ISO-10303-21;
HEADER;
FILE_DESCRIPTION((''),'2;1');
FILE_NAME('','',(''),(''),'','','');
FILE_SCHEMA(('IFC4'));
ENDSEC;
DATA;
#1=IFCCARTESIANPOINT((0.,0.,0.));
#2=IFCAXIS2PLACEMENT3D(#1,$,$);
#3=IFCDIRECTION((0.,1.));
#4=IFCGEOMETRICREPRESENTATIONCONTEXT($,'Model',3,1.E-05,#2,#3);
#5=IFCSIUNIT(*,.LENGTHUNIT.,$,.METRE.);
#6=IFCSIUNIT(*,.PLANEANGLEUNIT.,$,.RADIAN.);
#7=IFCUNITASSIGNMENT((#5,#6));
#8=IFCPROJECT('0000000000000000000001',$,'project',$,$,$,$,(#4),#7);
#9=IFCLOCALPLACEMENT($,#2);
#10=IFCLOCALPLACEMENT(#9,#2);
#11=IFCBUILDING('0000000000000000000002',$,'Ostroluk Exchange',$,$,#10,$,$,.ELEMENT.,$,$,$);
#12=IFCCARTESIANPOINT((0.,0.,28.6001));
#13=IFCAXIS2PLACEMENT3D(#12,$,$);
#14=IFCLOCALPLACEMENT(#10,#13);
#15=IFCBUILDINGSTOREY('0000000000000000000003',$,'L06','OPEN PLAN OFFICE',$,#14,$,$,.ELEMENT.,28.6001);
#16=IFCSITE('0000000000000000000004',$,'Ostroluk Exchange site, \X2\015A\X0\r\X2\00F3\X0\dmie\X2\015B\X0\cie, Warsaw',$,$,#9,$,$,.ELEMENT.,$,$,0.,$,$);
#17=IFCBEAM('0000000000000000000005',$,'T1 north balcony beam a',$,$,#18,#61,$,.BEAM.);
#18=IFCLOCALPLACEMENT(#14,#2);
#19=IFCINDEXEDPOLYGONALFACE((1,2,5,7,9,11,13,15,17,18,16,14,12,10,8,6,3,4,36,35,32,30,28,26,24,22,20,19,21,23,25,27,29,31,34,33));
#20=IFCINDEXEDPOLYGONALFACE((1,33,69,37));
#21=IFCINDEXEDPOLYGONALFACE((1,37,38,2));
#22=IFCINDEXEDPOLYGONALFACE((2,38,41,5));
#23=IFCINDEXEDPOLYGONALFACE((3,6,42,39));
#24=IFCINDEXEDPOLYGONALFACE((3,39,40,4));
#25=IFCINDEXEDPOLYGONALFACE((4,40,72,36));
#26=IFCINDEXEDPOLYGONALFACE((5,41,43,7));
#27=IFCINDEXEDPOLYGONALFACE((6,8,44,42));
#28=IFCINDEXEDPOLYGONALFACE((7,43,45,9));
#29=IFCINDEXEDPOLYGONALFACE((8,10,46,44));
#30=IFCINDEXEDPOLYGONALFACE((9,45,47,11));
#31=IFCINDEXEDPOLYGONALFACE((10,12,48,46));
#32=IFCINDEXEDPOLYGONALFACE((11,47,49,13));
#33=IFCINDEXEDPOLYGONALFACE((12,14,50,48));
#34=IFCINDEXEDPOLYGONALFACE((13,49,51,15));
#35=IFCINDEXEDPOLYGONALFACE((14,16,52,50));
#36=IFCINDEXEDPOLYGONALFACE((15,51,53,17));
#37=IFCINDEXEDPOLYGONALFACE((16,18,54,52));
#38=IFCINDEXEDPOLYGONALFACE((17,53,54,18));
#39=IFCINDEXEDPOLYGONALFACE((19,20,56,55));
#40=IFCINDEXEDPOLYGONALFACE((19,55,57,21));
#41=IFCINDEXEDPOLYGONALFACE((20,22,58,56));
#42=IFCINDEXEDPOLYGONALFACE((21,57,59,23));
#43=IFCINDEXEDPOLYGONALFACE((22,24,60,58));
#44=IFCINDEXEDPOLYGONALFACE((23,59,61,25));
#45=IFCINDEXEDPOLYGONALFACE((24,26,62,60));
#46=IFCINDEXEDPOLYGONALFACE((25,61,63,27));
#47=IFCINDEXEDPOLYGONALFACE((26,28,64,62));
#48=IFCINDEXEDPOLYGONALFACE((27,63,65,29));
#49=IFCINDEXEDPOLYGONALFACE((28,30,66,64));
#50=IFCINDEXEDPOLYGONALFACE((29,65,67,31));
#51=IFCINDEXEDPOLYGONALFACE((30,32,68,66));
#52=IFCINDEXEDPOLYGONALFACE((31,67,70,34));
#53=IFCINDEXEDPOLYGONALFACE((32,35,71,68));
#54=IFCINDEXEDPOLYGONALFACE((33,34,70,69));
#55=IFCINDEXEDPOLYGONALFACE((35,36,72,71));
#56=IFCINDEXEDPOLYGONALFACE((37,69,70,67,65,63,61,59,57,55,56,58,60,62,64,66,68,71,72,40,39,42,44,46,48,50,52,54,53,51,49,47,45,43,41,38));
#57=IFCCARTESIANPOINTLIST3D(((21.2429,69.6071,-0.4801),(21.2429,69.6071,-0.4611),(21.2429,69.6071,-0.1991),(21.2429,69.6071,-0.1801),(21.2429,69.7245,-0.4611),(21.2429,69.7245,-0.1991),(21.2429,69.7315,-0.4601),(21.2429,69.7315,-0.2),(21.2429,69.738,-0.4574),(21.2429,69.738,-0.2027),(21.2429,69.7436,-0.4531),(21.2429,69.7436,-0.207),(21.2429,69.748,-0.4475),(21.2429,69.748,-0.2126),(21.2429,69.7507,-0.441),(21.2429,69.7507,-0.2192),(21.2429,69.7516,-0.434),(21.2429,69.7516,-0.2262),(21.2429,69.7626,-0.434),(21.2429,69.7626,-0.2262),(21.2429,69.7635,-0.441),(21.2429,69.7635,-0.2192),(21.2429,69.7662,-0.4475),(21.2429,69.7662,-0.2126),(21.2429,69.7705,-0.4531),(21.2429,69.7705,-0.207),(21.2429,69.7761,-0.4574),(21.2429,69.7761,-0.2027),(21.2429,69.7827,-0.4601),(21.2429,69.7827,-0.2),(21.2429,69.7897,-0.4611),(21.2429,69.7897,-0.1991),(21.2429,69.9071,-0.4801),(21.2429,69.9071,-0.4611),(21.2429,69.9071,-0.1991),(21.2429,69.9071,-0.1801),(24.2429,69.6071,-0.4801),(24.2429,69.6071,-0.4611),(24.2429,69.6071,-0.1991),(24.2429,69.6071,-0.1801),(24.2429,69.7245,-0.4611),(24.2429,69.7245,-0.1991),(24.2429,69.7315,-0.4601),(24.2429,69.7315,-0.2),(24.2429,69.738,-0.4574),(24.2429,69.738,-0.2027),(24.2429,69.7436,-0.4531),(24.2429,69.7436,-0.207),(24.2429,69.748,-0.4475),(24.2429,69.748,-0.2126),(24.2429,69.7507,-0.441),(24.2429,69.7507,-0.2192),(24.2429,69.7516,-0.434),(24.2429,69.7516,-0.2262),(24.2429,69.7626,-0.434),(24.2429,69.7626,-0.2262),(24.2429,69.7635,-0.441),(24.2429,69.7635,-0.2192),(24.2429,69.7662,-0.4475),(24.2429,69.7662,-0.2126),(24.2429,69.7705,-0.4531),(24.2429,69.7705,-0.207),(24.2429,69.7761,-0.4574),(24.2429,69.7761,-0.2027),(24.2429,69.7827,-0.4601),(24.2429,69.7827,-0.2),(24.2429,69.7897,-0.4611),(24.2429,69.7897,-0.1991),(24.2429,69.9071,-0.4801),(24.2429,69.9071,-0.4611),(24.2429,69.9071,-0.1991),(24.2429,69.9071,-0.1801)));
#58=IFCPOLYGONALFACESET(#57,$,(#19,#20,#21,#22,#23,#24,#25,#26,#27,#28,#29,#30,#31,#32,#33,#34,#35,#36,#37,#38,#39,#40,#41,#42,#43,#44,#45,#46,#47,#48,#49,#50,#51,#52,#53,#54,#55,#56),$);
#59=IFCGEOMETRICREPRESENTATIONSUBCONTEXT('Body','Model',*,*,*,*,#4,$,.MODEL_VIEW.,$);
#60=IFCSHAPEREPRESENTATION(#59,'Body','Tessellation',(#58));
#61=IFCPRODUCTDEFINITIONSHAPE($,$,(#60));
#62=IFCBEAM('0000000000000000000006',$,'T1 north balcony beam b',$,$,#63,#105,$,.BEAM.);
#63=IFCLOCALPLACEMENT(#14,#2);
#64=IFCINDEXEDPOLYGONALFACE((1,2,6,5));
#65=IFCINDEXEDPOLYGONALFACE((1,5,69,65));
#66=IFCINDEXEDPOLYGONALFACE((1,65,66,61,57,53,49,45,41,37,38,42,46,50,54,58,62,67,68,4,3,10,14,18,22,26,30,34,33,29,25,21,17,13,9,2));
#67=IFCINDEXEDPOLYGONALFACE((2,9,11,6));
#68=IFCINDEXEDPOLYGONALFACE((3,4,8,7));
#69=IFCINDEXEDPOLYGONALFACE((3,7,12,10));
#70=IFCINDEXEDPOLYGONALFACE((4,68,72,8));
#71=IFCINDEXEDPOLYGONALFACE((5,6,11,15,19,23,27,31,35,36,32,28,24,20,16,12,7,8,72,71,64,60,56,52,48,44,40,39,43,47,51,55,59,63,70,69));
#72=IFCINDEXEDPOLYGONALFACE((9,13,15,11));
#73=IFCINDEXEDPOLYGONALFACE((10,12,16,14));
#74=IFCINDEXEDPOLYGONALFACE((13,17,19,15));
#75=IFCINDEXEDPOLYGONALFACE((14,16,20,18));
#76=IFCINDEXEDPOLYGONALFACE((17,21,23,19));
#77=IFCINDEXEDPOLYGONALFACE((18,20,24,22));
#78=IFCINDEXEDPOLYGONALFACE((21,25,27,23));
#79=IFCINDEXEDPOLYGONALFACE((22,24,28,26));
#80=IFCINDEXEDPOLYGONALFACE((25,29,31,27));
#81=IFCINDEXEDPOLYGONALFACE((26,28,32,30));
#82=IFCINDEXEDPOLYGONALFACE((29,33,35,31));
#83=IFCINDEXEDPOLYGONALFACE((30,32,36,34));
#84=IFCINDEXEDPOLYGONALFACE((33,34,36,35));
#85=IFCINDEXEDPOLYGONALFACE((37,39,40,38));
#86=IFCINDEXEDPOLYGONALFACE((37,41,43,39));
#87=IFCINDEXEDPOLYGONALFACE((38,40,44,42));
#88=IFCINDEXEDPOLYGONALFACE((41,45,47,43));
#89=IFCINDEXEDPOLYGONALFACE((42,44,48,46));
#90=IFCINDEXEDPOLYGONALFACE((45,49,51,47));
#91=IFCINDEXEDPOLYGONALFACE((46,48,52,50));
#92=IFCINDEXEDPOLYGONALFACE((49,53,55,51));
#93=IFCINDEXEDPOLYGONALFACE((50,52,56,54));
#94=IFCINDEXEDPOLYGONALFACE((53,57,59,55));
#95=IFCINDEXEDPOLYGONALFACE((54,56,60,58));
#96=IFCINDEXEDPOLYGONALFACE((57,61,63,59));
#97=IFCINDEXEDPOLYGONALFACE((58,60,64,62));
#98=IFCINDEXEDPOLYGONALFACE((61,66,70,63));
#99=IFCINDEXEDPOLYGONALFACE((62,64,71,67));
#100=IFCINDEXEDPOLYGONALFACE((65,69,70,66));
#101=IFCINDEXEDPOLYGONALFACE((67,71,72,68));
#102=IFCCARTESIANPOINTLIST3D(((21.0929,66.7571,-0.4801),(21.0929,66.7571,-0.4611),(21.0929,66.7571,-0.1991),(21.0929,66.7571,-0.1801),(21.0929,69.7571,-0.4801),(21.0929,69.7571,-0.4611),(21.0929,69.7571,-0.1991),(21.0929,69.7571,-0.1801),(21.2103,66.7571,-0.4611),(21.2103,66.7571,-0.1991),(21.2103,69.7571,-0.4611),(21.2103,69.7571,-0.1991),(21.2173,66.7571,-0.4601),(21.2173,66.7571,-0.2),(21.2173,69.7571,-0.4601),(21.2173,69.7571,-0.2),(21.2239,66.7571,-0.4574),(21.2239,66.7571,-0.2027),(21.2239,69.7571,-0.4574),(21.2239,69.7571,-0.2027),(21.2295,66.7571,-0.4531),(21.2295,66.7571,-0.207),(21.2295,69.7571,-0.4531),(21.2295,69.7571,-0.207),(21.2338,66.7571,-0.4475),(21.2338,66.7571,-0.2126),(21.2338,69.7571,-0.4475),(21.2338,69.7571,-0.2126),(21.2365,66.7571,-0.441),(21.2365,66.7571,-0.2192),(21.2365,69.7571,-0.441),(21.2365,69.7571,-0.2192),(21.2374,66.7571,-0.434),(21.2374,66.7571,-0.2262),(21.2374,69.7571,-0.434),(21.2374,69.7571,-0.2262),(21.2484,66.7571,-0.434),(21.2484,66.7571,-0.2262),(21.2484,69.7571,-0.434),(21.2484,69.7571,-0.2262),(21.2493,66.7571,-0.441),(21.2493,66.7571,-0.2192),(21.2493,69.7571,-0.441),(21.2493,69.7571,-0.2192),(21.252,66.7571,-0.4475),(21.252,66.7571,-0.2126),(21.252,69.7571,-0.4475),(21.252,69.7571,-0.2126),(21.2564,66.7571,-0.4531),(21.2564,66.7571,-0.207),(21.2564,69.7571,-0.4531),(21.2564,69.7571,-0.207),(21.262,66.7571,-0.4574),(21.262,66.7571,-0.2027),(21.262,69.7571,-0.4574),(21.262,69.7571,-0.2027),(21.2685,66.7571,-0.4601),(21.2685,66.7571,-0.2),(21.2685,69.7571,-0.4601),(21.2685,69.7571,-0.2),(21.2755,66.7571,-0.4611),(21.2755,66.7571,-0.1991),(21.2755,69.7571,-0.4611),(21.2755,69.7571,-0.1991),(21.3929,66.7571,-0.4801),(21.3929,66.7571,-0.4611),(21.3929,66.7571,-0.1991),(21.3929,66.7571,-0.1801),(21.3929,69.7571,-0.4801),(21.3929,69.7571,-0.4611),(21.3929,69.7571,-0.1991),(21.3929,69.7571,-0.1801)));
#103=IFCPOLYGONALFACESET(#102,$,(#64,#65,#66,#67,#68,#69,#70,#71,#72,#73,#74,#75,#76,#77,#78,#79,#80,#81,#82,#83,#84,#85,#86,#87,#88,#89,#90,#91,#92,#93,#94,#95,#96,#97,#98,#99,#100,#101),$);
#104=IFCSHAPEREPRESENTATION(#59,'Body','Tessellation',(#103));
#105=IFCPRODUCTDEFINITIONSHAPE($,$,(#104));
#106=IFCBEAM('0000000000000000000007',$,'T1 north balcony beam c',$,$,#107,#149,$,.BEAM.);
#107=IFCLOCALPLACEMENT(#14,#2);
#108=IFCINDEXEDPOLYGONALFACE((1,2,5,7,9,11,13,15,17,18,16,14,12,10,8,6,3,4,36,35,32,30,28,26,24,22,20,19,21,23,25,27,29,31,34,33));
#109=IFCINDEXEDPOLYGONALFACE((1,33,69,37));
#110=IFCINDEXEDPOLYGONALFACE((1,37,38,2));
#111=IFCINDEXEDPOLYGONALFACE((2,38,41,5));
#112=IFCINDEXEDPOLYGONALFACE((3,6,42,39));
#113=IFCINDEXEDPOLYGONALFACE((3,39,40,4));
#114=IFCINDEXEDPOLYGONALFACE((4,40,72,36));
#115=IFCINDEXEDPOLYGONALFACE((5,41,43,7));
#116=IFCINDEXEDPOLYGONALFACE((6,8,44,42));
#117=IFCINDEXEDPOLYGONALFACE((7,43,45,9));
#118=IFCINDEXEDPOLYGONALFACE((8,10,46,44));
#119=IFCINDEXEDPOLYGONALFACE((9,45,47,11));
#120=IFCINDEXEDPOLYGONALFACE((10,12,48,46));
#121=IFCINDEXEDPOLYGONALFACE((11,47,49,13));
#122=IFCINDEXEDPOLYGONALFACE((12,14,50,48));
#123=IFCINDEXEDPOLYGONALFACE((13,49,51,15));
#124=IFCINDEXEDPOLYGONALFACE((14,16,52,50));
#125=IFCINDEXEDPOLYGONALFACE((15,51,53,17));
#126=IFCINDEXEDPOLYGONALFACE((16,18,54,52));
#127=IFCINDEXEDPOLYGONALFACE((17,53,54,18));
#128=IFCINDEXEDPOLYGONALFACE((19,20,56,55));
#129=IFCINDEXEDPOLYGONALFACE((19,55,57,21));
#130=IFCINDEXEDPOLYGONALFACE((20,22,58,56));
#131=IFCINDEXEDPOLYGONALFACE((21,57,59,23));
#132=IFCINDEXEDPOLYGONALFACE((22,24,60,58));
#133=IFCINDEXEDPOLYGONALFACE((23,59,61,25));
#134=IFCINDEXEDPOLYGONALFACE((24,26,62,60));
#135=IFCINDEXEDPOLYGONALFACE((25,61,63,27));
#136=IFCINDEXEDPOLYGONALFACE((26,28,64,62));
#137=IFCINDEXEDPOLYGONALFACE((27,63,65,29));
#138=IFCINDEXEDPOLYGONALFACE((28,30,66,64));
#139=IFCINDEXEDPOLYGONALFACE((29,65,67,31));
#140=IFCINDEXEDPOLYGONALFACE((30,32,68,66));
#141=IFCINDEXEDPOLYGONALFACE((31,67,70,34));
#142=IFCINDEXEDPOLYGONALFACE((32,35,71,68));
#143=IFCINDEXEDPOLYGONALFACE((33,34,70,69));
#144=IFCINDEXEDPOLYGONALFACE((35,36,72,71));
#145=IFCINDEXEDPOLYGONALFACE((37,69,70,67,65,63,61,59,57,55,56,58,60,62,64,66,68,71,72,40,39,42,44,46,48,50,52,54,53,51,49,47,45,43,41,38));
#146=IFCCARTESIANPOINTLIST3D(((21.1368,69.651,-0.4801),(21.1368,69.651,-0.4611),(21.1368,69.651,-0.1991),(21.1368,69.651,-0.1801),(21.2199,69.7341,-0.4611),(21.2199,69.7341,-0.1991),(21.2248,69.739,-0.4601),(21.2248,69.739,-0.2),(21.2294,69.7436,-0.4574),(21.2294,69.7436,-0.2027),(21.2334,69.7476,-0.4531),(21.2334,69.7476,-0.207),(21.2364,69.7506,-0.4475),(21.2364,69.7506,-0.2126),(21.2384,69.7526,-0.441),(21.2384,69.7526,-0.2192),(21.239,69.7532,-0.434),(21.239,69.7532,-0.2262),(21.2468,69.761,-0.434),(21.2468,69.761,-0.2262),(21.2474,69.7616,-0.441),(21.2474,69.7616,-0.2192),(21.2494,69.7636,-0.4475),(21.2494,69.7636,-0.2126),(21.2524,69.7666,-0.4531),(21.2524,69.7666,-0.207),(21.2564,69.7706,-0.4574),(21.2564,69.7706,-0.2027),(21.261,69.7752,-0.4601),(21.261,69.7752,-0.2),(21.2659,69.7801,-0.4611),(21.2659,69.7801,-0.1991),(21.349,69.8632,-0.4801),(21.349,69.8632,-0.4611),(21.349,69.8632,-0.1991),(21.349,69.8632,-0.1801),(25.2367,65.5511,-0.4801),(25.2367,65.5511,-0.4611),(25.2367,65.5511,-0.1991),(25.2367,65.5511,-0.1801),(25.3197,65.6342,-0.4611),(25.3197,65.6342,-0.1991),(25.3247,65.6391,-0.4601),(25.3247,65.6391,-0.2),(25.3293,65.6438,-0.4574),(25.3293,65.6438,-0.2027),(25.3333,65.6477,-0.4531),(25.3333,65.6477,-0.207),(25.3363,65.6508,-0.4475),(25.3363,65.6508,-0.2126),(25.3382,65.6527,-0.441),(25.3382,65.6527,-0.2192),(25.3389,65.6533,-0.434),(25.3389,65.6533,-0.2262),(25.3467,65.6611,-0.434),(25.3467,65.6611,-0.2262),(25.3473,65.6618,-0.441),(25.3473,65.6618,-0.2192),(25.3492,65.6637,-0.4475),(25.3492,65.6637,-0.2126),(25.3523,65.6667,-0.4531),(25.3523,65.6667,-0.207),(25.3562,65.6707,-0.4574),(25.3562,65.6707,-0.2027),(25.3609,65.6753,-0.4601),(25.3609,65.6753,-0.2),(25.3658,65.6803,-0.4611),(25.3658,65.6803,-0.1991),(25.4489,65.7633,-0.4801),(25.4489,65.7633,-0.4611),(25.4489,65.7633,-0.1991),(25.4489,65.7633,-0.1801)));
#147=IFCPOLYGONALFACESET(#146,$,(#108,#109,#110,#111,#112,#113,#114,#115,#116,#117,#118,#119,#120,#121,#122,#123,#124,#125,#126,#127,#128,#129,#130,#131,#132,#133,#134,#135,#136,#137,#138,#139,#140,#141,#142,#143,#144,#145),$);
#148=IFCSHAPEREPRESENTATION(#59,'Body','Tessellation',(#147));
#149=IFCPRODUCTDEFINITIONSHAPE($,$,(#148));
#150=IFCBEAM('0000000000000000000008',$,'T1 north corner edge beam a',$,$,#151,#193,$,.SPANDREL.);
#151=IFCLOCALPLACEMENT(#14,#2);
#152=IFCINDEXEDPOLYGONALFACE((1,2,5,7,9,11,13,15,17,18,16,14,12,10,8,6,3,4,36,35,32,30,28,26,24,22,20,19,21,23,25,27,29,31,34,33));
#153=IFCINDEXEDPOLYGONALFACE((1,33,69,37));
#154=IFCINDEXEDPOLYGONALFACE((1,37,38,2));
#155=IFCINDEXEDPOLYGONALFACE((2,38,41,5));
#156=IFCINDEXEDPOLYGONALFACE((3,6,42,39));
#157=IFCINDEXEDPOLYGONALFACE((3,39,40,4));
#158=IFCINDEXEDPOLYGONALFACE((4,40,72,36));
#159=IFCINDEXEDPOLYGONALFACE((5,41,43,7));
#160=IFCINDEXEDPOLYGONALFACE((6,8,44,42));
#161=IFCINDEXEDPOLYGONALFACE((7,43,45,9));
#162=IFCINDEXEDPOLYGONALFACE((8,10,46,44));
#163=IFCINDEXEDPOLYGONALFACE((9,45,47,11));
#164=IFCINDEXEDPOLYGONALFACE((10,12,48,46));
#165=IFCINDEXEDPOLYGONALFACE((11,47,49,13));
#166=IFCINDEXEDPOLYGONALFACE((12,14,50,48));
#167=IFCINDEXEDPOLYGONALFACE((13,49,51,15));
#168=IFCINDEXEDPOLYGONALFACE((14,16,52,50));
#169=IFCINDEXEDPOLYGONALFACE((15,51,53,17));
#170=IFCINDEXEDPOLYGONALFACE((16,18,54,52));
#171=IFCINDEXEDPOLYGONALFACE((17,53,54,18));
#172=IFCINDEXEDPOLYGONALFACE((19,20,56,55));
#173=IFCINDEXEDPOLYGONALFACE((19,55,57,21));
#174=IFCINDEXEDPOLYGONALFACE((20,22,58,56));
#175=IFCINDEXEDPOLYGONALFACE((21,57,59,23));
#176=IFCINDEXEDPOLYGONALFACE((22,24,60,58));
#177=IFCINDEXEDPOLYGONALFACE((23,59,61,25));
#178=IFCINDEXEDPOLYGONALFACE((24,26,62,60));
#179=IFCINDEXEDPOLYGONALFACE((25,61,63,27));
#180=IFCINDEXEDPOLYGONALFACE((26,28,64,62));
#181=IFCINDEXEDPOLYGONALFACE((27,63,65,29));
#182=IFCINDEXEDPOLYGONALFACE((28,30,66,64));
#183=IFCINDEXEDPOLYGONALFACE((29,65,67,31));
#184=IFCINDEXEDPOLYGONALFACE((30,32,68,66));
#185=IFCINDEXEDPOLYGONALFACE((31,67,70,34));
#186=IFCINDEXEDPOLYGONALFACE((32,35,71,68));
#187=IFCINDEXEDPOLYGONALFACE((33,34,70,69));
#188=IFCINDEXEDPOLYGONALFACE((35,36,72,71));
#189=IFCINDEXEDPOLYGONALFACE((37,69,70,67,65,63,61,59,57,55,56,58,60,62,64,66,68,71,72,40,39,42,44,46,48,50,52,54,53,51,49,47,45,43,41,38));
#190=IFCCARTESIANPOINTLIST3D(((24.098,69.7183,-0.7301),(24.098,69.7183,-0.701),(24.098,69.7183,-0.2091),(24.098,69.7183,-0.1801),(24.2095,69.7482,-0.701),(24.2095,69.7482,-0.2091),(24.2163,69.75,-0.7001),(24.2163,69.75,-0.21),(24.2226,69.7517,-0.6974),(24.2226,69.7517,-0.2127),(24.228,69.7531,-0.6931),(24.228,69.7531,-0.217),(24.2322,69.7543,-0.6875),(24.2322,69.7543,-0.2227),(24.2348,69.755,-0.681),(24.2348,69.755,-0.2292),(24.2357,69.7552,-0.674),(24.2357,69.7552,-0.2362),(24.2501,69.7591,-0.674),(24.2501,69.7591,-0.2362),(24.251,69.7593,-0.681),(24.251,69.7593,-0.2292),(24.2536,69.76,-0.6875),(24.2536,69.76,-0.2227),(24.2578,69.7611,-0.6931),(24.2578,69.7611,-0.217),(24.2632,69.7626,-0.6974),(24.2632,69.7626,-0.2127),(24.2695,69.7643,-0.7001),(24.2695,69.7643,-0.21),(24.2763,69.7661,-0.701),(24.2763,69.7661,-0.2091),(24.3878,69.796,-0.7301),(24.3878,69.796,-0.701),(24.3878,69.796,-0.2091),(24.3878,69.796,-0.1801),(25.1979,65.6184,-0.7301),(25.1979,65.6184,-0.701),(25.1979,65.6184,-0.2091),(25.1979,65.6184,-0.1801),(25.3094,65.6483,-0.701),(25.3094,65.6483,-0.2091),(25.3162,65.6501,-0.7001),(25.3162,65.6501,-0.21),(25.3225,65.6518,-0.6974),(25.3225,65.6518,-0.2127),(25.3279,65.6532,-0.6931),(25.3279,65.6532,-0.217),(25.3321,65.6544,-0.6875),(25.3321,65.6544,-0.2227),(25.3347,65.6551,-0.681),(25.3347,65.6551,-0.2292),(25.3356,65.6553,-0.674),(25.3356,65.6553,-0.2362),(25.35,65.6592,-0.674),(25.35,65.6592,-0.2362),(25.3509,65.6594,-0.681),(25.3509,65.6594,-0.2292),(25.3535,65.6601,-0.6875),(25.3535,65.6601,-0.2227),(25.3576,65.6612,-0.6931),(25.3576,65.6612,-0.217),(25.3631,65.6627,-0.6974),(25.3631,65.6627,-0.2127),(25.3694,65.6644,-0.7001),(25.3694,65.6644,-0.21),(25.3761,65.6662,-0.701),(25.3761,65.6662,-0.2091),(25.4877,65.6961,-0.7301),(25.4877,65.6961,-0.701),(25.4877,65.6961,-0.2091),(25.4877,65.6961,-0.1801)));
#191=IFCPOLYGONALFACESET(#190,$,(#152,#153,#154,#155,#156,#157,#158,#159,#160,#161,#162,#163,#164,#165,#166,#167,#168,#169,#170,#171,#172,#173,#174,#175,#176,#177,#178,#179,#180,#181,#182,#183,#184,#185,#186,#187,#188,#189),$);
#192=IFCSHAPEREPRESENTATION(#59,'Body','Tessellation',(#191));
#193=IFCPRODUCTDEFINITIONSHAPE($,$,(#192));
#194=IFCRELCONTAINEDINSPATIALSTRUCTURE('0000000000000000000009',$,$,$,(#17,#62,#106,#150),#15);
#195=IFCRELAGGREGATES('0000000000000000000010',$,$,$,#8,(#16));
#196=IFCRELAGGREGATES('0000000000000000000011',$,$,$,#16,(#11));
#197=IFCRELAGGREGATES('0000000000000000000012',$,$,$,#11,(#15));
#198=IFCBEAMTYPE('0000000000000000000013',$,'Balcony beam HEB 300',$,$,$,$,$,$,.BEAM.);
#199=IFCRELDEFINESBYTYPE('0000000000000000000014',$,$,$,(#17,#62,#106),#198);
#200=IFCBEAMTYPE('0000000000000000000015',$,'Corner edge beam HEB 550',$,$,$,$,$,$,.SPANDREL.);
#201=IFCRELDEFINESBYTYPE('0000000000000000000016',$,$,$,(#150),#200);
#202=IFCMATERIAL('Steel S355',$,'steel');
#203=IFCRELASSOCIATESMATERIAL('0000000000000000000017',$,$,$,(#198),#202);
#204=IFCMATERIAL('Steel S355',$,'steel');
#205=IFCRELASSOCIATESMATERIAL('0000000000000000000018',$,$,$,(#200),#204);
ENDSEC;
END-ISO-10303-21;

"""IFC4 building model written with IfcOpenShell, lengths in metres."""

from ifc_helpers import new_model, si_unit, direction, frame, origin, origin_2d, place, context, subcontext, project, spatial, i_section, extrude, material, material_profile, profile_set, type_object, element, save


model = new_model("IFC4")

# Units and contexts
model_context = context("Model", 3, precision=1e-05, world=origin(), true_north=direction((0.0, 1.0)))
body_context = subcontext(model_context, "Body", "Model", "MODEL_VIEW")
ifc_project = project(units=[si_unit("LENGTHUNIT", "METRE"), si_unit("PLANEANGLEUNIT", "RADIAN")], contexts=[model_context])

# Site, building, storey
site_placement = place(None, origin())
site = spatial("IfcSite", under=ifc_project, at=site_placement, Name="Ostroluk Exchange site, Śródmieście, Warsaw", CompositionType="ELEMENT", RefElevation=0.0)
building_placement = place(site_placement, origin())
building = spatial("IfcBuilding", under=site, at=building_placement, Name="Ostroluk Exchange", CompositionType="ELEMENT")
storey_placement = place(building_placement, frame((0.0, 0.0, 28.6001)))
storey = spatial("IfcBuildingStorey", under=building, at=storey_placement, Name="L06", Description="OPEN PLAN OFFICE", CompositionType="ELEMENT", Elevation=28.6001)

# Beams
ifc_material_1 = material(Name="Steel S355", Category="steel")
ifc_material_profile_1 = material_profile(ifc_material_1, i_section(OverallWidth=0.3, OverallDepth=0.3, WebThickness=0.011, FlangeThickness=0.019, FilletRadius=0.0271, at=origin_2d()), Name="HEB 300")
ifc_profile_set_1 = profile_set([ifc_material_profile_1], Name="Steel S355")
beam_type_1 = type_object("IfcBeamType", Name="Balcony beam HEB 300", PredefinedType="BEAM", material=ifc_profile_set_1)
for number, where, z_axis, x_axis, name in (
    (1, (24.2429, 69.7571, -0.3301), (-1.0, 0.0, 0.0), (0.0, -1.0, 0.0), "T1 north balcony beam a"),
    (2, (21.2429, 66.7571, -0.3301), (0.0, 1.0, 0.0), (-1.0, 0.0, 0.0), "T1 north balcony beam b"),
):
    element("IfcBeam", number, at=place(storey_placement, frame(where, z_axis=z_axis, x_axis=x_axis)), inside=storey, type_object=beam_type_1, Name=name, PredefinedType="BEAM", context=body_context, shape_type="SweptSolid", body=[
        extrude(i_section(OverallWidth=0.3, OverallDepth=0.3, WebThickness=0.011, FlangeThickness=0.019, FilletRadius=0.0271, at=origin_2d()), origin(), (0.0, 0.0, 1.0), 3.0),
    ])
beam_1_placement = place(storey_placement, frame((25.3428, 65.6572, -0.3301), z_axis=(-0.707107, 0.707107, 0.0), x_axis=(-0.707107, -0.707107, 0.0)))
element("IfcBeam", 3, at=beam_1_placement, inside=storey, type_object=beam_type_1, Name="T1 north balcony beam c", PredefinedType="BEAM", context=body_context, shape_type="SweptSolid", body=[
    extrude(i_section(OverallWidth=0.3, OverallDepth=0.3, WebThickness=0.011, FlangeThickness=0.019, FilletRadius=0.0271, at=origin_2d()), origin(), (0.0, 0.0, 1.0), 5.7981),
])
ifc_material_2 = material(Name="Steel S355", Category="steel")
ifc_material_profile_2 = material_profile(ifc_material_2, i_section(OverallWidth=0.3, OverallDepth=0.55, WebThickness=0.0149, FlangeThickness=0.0291, FilletRadius=0.0271, at=origin_2d()), Name="HEB 550")
ifc_profile_set_2 = profile_set([ifc_material_profile_2], Name="Steel S355")
beam_type_2 = type_object("IfcBeamType", Name="Corner edge beam HEB 550", PredefinedType="SPANDREL", material=ifc_profile_set_2)
for number, where, z_axis, x_axis, name in (
    (4, (25.3428, 65.6572, -0.4551), (-0.259105, 0.965849, 0.0), (-0.965849, -0.259105, 0.0), "T1 north corner edge beam a"),
):
    element("IfcBeam", number, at=place(storey_placement, frame(where, z_axis=z_axis, x_axis=x_axis)), inside=storey, type_object=beam_type_2, Name=name, PredefinedType="SPANDREL", context=body_context, shape_type="SweptSolid", body=[
        extrude(i_section(OverallWidth=0.3, OverallDepth=0.55, WebThickness=0.0149, FlangeThickness=0.0291, FilletRadius=0.0271, at=origin_2d()), origin(), (0.0, 0.0, 1.0), 4.2449),
    ])

save(model, "model.ifc")
